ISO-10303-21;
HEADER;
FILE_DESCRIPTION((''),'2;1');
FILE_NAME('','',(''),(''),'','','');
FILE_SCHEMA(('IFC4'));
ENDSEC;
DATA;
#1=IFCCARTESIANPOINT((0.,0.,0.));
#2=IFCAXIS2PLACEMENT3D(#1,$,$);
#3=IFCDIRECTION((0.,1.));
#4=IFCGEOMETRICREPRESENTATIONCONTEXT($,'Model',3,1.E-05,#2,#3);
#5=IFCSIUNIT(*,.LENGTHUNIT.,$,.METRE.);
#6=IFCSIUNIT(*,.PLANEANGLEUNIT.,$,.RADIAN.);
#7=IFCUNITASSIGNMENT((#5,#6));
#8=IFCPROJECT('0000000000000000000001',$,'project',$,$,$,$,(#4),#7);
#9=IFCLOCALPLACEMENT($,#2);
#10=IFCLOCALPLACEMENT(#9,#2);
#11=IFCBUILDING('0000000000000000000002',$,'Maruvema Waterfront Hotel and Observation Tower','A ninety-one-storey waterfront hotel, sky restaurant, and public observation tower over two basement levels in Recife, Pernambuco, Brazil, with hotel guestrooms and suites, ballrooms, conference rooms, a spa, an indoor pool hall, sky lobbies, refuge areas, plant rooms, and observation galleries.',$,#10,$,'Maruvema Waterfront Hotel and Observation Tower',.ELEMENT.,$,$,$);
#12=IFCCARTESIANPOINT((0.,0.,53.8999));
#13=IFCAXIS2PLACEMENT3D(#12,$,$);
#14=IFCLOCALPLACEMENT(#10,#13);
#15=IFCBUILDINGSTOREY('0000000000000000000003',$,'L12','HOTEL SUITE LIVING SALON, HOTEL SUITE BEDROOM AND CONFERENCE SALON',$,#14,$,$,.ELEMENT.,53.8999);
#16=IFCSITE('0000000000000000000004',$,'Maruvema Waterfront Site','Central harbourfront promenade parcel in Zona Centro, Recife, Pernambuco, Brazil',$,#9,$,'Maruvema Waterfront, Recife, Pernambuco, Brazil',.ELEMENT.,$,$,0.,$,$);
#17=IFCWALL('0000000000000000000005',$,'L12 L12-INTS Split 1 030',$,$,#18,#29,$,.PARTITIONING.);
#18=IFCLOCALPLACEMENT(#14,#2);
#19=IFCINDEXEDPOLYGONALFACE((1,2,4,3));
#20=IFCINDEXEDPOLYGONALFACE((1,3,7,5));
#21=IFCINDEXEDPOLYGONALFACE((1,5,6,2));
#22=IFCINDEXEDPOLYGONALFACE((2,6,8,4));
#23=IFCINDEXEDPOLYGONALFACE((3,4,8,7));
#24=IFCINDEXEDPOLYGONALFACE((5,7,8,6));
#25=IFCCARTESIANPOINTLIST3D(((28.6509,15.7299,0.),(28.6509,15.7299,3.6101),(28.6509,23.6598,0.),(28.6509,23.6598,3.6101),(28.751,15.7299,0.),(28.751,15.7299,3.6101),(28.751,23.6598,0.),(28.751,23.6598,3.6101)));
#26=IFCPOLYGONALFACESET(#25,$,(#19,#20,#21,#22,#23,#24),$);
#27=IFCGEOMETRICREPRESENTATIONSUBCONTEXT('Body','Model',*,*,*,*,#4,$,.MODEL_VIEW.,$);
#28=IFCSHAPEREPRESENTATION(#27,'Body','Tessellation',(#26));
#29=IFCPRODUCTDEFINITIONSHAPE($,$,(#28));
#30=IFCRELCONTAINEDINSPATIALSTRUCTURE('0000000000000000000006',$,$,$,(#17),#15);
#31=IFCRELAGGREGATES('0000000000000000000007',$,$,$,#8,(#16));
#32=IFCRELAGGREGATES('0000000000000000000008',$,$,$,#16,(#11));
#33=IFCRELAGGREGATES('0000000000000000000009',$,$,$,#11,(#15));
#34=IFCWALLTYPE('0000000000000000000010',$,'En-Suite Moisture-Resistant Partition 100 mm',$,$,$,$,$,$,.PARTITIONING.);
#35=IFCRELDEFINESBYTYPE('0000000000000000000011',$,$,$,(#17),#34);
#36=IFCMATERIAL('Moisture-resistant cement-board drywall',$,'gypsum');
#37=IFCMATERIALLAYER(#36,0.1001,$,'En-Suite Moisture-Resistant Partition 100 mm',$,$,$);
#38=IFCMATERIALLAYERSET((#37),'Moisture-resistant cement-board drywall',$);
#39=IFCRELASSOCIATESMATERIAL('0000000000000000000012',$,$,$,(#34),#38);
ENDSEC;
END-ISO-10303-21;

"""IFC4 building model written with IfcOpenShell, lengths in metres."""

from ifc_helpers import new_model, si_unit, direction, frame, frame_2d, origin, place, context, subcontext, project, spatial, rectangle, extrude, material, layer, layer_set, type_object, element, save


model = new_model("IFC4")

# Units and contexts
model_context = context("Model", 3, precision=1e-05, world=origin(), true_north=direction((0.0, 1.0)))
body_context = subcontext(model_context, "Body", "Model", "MODEL_VIEW")
ifc_project = project(units=[si_unit("LENGTHUNIT", "METRE"), si_unit("PLANEANGLEUNIT", "RADIAN")], contexts=[model_context])

# Site, building, storey
site_placement = place(None, origin())
site = spatial("IfcSite", under=ifc_project, at=site_placement, Name="Maruvema Waterfront Site", Description="Central harbourfront promenade parcel in Zona Centro, Recife, Pernambuco, Brazil", LongName="Maruvema Waterfront, Recife, Pernambuco, Brazil", CompositionType="ELEMENT", RefElevation=0.0)
building_placement = place(site_placement, origin())
building = spatial("IfcBuilding", under=site, at=building_placement, Name="Maruvema Waterfront Hotel and Observation Tower", Description="A ninety-one-storey waterfront hotel, sky restaurant, and public observation tower over two basement levels in Recife, Pernambuco, Brazil, with hotel guestrooms and suites, ballrooms, conference rooms, a spa, an indoor pool hall, sky lobbies, refuge areas, plant rooms, and observation galleries.", LongName="Maruvema Waterfront Hotel and Observation Tower", CompositionType="ELEMENT")
storey_placement = place(building_placement, frame((0.0, 0.0, 53.8999)))
storey = spatial("IfcBuildingStorey", under=building, at=storey_placement, Name="L12", Description="HOTEL SUITE LIVING SALON, HOTEL SUITE BEDROOM AND CONFERENCE SALON", CompositionType="ELEMENT", Elevation=53.8999)

# Wall
ifc_material_1 = material(Name="Moisture-resistant cement-board drywall", Category="gypsum")
ifc_layer_1 = layer(ifc_material_1, 0.1001, Name="En-Suite Moisture-Resistant Partition 100 mm")
ifc_layer_set_1 = layer_set([ifc_layer_1], Name="Moisture-resistant cement-board drywall")
wall_type_1 = type_object("IfcWallType", Name="En-Suite Moisture-Resistant Partition 100 mm", PredefinedType="PARTITIONING", material=ifc_layer_set_1)
wall_1_placement = place(storey_placement, frame((28.7009, 15.73, 0.0), z_axis=(0.0, 0.0, 1.0), x_axis=(0.0, 1.0, 0.0)))
element("IfcWall", 1, at=wall_1_placement, inside=storey, type_object=wall_type_1, Name="L12 L12-INTS Split 1 030", PredefinedType="PARTITIONING", context=body_context, shape_type="SweptSolid", body=[
    extrude(rectangle(XDim=7.9299, YDim=0.1001, at=frame_2d((3.9648, 0.0))), origin(), (0.0, 0.0, 1.0), 3.6101),
])

save(model, "model.ifc")
